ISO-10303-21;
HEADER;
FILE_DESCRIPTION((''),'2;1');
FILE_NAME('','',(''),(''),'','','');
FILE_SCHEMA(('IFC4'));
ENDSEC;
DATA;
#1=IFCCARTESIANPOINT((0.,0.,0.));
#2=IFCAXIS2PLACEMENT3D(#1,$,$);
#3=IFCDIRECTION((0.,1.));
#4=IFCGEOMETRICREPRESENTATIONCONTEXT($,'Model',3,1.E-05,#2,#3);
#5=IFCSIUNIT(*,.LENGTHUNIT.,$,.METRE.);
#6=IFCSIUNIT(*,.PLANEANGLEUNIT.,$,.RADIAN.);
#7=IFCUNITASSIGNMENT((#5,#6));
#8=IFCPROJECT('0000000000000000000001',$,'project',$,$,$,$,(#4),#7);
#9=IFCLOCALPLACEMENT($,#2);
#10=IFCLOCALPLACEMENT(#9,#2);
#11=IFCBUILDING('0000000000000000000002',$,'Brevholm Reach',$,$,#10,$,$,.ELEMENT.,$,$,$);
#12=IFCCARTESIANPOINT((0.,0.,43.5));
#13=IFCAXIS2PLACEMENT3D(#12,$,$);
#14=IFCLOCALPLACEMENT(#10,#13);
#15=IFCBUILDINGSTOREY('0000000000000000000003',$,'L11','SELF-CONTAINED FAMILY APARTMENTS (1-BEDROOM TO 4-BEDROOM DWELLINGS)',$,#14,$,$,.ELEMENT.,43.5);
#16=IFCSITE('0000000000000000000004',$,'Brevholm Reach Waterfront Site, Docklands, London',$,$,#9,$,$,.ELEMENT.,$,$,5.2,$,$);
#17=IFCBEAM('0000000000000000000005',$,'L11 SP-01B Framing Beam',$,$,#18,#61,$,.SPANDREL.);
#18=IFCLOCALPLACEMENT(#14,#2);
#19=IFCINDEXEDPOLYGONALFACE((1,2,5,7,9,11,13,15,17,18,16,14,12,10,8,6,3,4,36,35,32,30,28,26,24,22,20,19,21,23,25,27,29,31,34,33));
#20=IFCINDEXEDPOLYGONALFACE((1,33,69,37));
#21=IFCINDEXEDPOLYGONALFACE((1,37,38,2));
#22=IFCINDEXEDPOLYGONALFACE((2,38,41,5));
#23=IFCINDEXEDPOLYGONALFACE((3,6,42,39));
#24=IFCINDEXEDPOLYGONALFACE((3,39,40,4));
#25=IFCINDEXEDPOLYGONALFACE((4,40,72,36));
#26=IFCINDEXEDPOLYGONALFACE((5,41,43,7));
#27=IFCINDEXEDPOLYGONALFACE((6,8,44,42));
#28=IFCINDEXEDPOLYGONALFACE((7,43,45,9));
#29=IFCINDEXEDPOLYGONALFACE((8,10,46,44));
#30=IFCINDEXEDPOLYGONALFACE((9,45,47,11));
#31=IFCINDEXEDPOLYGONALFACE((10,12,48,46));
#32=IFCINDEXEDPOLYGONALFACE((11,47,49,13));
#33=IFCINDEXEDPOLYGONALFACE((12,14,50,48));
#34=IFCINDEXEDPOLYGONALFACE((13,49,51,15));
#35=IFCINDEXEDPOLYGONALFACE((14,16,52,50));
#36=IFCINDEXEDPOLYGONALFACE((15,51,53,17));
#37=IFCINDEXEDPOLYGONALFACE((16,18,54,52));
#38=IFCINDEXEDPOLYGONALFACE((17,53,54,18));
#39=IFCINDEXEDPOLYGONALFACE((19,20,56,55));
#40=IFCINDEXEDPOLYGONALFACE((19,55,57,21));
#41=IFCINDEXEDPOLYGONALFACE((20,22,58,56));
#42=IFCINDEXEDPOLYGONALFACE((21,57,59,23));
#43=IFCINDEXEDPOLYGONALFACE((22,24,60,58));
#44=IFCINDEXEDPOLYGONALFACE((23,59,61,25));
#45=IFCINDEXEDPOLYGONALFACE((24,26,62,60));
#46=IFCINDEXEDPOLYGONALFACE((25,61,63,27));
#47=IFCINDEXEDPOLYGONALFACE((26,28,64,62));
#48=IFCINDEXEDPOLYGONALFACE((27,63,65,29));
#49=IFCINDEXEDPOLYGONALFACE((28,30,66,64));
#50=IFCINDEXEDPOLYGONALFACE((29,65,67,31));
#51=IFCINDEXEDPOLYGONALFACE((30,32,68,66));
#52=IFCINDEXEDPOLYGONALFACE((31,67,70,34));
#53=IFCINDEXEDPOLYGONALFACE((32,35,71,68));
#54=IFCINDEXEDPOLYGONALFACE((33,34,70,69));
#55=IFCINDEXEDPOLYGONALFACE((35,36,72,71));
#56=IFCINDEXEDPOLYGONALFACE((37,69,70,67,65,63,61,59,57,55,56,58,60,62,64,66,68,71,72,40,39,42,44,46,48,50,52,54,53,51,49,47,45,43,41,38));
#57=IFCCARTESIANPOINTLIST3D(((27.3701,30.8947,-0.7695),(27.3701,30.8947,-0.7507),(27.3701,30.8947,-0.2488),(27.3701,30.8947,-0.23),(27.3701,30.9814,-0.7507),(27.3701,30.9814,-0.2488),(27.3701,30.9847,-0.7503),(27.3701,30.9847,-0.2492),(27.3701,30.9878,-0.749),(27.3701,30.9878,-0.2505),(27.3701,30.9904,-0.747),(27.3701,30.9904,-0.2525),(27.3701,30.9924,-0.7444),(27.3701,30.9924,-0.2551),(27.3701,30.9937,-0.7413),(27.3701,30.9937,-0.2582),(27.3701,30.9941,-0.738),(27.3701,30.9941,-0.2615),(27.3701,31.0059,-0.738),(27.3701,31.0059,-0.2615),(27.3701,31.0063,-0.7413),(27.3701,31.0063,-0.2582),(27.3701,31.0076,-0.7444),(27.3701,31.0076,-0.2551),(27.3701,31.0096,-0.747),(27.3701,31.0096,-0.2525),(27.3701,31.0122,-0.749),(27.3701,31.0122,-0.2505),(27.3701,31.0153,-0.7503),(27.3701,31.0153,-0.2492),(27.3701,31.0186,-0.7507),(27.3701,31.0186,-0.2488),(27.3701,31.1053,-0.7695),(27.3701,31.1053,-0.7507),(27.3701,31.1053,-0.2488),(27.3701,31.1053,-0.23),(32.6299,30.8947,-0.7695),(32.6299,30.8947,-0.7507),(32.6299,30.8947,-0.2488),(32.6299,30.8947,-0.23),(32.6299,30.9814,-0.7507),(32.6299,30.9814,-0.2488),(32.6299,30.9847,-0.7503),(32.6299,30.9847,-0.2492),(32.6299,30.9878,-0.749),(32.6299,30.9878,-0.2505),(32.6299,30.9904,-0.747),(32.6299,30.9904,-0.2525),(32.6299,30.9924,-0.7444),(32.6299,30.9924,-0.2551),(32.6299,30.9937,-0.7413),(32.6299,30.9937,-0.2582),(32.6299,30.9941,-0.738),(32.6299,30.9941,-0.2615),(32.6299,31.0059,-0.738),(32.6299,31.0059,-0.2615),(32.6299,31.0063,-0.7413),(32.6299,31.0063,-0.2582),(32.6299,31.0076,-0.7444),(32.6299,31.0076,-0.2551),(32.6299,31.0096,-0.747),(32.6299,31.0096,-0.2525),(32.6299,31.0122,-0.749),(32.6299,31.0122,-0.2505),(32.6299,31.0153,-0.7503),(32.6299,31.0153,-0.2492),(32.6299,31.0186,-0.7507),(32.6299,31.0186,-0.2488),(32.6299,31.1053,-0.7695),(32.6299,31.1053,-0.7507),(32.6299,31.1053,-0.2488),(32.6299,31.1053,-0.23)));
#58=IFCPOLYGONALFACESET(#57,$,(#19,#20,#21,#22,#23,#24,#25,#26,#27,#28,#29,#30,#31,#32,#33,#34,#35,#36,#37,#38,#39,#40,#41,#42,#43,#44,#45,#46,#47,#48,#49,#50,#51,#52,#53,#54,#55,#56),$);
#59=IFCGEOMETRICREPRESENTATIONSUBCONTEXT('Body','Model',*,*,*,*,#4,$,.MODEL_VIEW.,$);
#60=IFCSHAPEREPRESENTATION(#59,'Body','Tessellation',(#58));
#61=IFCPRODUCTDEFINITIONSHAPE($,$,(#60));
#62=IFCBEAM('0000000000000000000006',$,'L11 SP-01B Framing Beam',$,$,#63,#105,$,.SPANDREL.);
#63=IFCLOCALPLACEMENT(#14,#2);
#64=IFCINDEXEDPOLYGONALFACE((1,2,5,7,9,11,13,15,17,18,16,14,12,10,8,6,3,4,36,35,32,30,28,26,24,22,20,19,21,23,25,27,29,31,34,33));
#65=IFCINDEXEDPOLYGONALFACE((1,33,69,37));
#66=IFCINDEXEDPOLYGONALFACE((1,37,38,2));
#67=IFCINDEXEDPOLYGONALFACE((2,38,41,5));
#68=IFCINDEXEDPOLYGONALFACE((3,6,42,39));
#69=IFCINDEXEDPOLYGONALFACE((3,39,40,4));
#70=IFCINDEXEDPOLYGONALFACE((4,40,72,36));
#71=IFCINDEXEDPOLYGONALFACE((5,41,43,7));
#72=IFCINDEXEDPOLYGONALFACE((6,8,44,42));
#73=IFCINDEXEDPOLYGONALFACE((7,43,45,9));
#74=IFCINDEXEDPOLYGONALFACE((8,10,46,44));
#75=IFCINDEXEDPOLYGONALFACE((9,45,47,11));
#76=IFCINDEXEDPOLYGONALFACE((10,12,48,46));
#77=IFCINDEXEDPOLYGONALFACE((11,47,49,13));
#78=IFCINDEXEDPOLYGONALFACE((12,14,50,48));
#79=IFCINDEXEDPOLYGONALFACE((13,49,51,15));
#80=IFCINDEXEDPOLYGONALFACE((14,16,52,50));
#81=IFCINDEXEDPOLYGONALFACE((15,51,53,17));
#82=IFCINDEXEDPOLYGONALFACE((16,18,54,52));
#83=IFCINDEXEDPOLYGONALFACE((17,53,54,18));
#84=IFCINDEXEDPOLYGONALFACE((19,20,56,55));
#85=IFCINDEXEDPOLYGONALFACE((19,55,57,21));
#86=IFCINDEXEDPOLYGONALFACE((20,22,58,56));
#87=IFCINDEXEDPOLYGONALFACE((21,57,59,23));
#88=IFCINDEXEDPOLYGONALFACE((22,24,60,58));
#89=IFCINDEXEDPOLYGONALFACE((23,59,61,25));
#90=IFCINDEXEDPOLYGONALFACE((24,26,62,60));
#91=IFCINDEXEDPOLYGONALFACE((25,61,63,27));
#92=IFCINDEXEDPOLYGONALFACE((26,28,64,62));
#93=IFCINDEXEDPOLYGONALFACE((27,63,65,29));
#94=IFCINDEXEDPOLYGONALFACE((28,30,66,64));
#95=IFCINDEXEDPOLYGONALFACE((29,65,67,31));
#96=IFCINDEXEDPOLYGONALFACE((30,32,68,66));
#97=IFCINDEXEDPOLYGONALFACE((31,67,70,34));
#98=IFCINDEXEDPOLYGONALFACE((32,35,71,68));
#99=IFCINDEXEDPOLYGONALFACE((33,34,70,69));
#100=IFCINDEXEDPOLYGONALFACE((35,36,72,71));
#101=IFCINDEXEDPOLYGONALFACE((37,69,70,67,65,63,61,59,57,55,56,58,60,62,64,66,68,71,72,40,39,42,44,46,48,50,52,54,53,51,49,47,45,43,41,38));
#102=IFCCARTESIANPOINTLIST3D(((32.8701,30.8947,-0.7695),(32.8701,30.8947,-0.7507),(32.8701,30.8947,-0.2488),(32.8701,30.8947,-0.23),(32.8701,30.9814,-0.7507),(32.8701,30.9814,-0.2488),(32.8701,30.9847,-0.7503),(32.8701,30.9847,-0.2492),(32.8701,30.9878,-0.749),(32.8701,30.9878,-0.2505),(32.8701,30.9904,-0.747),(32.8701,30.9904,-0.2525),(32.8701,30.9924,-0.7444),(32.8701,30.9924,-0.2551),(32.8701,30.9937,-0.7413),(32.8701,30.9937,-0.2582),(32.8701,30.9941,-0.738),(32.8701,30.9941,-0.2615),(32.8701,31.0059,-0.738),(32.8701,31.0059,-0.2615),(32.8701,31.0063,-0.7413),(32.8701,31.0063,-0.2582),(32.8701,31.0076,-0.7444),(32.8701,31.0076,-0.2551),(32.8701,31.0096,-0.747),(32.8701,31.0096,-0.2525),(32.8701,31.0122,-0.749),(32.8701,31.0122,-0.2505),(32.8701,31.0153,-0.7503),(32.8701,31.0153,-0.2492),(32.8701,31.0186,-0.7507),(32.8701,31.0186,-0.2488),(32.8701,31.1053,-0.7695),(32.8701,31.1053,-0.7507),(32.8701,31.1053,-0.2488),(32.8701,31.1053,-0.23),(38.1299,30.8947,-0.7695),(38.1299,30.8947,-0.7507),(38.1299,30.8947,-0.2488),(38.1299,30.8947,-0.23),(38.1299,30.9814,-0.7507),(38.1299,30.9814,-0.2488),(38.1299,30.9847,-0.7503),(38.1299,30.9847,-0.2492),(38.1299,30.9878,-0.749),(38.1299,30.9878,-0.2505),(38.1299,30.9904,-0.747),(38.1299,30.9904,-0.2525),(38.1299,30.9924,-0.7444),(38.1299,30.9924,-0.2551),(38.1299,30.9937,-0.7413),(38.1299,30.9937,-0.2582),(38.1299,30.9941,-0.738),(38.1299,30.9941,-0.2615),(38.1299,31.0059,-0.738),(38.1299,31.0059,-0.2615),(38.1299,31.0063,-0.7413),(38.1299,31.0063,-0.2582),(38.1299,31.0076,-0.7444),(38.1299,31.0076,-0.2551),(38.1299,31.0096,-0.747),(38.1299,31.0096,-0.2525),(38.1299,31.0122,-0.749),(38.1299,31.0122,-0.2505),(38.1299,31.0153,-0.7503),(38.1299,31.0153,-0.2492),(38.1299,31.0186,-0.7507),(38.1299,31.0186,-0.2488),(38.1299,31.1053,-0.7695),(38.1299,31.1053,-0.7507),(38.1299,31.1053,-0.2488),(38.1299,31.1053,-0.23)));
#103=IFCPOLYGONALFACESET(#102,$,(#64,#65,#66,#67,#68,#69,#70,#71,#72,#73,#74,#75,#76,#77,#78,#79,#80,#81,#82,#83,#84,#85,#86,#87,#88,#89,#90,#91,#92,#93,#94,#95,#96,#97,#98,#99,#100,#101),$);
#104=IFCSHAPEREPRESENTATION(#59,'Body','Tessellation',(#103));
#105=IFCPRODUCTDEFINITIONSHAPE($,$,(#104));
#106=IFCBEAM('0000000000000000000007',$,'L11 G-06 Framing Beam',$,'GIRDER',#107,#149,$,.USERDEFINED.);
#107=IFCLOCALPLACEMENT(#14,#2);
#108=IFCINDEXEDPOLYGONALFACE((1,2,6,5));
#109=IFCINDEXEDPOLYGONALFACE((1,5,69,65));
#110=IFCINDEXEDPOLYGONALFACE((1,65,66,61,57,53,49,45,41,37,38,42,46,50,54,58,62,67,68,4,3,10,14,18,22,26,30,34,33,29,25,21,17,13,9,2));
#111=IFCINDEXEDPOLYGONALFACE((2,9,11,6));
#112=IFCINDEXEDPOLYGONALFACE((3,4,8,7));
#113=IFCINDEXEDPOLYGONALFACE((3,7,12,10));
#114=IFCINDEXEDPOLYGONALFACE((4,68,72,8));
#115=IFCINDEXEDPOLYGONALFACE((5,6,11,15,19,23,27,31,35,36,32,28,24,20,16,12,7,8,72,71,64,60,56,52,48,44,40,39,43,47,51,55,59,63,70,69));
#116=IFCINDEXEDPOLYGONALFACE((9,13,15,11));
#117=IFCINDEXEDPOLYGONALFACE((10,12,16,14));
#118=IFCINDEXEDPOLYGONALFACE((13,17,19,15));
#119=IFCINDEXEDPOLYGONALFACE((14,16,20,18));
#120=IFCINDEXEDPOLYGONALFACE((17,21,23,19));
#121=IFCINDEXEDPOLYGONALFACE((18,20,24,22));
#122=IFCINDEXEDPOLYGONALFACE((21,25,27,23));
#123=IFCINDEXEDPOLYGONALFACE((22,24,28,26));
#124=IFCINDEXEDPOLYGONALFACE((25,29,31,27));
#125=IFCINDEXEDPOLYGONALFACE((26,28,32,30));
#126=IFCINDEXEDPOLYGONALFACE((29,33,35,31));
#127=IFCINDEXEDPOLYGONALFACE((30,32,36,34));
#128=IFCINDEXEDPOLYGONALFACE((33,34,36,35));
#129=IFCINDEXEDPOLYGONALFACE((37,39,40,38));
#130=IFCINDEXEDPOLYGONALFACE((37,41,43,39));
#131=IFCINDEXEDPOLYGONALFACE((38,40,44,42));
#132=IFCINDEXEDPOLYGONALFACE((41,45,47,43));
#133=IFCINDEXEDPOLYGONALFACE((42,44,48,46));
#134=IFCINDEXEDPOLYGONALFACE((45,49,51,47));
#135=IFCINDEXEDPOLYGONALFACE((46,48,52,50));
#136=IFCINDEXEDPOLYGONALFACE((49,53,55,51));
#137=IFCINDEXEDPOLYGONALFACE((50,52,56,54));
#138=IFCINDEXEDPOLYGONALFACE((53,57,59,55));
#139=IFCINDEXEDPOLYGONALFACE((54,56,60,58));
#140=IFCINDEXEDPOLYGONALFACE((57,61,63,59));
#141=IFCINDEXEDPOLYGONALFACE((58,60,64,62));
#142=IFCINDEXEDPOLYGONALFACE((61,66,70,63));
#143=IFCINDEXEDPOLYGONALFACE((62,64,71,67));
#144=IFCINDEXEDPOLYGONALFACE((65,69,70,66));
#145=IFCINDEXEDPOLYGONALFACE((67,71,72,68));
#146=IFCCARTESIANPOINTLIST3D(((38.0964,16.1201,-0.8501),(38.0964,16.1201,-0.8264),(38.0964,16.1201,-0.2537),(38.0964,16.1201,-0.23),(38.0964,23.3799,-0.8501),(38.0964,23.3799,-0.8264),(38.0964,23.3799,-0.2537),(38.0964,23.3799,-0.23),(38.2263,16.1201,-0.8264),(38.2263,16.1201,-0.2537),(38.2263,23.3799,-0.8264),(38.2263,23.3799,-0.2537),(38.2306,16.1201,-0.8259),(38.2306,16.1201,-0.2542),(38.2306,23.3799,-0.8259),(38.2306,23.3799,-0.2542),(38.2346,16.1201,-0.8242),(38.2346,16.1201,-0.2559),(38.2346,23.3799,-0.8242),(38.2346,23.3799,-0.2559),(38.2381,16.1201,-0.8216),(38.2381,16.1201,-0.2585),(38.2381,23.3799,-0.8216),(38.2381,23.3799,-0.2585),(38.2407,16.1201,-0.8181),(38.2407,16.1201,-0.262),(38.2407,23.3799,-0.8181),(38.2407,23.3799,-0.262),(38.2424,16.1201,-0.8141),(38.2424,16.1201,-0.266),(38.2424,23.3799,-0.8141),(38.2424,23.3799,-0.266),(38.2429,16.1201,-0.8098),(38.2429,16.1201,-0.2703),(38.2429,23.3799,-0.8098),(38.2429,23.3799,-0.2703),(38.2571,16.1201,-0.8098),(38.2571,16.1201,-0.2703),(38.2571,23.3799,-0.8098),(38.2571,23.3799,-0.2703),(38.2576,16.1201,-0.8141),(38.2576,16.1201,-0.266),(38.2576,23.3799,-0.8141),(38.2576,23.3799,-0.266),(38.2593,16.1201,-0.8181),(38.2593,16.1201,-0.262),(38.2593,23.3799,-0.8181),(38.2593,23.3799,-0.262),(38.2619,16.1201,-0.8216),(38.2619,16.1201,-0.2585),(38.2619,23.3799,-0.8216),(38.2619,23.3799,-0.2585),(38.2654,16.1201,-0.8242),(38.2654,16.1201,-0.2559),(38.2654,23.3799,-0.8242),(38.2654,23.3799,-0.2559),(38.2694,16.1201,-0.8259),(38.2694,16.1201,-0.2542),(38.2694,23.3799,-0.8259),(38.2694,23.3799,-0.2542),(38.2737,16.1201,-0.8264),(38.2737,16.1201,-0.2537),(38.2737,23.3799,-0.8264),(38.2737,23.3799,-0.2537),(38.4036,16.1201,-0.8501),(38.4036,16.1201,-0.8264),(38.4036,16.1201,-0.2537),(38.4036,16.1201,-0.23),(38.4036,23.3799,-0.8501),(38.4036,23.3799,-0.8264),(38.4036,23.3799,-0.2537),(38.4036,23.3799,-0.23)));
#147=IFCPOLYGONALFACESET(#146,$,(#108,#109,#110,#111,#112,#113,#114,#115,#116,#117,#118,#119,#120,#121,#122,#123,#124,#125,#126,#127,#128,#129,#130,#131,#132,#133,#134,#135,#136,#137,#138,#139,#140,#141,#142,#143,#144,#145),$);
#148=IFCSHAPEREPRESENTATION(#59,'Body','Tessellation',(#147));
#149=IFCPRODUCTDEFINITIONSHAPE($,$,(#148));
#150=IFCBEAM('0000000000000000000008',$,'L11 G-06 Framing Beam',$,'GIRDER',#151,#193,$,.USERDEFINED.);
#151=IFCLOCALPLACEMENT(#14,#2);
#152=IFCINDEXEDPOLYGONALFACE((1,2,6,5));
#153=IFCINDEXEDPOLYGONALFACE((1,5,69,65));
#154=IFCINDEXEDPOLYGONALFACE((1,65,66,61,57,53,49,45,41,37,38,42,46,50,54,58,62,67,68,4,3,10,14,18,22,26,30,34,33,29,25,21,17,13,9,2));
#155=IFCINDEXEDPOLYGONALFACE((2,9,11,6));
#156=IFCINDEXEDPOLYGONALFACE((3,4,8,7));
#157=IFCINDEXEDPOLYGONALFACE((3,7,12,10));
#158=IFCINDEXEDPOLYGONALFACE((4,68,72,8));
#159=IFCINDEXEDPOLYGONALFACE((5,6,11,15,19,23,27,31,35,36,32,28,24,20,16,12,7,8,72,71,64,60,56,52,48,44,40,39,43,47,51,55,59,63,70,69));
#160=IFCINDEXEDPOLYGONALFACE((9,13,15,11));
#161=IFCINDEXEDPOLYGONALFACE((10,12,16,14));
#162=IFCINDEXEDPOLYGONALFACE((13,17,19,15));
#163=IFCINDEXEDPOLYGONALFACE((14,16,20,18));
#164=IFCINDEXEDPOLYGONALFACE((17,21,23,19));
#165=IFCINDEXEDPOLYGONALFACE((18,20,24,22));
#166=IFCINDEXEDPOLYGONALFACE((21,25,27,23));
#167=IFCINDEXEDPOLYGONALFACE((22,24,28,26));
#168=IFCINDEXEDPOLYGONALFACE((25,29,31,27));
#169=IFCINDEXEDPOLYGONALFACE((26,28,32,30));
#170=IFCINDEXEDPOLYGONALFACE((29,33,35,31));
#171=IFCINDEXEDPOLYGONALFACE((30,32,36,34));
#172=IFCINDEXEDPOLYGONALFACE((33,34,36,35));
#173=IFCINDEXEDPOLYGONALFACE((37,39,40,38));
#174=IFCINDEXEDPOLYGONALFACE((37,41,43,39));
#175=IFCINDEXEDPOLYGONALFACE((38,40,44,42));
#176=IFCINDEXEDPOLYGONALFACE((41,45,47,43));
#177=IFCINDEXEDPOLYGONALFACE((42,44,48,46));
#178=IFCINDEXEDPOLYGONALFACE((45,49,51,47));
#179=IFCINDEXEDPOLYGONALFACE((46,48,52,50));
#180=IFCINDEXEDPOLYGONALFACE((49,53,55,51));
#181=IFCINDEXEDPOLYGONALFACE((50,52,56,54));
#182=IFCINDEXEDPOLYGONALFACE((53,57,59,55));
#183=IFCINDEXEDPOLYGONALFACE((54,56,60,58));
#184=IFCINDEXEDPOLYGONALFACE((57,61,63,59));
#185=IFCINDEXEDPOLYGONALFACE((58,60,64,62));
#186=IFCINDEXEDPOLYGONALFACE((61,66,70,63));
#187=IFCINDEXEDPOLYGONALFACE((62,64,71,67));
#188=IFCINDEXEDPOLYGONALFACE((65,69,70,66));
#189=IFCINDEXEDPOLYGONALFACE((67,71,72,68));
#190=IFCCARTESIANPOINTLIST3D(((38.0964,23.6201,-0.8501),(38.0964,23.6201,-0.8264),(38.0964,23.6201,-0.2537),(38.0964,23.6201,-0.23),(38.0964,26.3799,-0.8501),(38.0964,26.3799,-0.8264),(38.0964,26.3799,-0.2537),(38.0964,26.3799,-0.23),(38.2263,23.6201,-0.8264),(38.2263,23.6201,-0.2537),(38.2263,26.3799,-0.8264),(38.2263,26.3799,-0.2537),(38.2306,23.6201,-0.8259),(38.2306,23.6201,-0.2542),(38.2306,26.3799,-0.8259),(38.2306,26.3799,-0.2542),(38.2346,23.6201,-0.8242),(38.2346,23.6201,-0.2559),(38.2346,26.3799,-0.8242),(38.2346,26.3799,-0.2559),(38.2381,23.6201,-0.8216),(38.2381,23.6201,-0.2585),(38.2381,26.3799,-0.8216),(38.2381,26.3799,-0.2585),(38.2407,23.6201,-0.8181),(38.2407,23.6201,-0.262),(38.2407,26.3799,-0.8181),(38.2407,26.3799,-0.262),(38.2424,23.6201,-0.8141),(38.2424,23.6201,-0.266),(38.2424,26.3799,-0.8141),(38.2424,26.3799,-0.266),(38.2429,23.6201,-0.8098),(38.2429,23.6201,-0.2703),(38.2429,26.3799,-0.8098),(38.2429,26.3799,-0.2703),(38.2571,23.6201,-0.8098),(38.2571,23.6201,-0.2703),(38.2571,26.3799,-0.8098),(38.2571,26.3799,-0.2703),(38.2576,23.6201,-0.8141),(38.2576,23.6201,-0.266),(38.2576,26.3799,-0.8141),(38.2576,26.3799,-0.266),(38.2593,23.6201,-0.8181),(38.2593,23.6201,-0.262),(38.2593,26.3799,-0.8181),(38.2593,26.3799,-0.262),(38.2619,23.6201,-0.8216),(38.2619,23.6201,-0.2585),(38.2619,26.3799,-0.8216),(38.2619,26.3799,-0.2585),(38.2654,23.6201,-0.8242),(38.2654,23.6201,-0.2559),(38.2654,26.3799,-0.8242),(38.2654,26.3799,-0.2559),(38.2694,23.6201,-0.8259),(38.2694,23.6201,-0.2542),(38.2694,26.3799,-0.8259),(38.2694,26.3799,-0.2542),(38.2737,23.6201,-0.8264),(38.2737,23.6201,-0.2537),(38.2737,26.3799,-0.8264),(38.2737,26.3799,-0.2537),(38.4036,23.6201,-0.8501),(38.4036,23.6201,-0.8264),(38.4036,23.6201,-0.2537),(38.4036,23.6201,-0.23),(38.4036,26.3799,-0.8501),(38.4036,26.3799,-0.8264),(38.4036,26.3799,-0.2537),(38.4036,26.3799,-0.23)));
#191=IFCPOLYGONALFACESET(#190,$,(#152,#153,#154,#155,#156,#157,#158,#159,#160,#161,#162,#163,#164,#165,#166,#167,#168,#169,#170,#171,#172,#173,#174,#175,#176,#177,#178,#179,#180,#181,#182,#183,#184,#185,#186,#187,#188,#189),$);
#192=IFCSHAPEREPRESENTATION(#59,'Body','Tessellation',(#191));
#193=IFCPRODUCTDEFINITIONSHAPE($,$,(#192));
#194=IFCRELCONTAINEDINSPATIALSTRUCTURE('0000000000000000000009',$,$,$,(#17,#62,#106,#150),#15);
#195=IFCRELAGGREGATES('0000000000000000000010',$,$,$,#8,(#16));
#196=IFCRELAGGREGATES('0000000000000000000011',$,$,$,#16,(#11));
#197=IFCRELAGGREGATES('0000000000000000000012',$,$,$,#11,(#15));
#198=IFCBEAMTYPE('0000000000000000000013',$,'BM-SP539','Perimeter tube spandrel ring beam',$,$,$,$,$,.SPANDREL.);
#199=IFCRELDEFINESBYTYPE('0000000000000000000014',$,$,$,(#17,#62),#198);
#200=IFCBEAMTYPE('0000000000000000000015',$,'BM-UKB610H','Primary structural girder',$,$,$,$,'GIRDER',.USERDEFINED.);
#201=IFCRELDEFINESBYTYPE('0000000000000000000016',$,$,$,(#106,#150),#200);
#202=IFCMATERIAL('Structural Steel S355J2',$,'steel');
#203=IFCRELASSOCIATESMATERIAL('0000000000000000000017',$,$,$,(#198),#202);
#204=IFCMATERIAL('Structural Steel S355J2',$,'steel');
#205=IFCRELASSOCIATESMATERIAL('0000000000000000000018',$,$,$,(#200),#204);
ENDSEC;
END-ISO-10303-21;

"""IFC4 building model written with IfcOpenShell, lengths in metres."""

from ifc_helpers import new_model, si_unit, direction, frame, origin, origin_2d, place, context, subcontext, project, spatial, i_section, extrude, material, material_profile, profile_set, type_object, element, save


model = new_model("IFC4")

# Units and contexts
model_context = context("Model", 3, precision=1e-05, world=origin(), true_north=direction((0.0, 1.0)))
body_context = subcontext(model_context, "Body", "Model", "MODEL_VIEW")
ifc_project = project(units=[si_unit("LENGTHUNIT", "METRE"), si_unit("PLANEANGLEUNIT", "RADIAN")], contexts=[model_context])

# Site, building, storey
site_placement = place(None, origin())
site = spatial("IfcSite", under=ifc_project, at=site_placement, Name="Brevholm Reach Waterfront Site, Docklands, London", CompositionType="ELEMENT", RefElevation=5.2)
building_placement = place(site_placement, origin())
building = spatial("IfcBuilding", under=site, at=building_placement, Name="Brevholm Reach", CompositionType="ELEMENT")
storey_placement = place(building_placement, frame((0.0, 0.0, 43.5)))
storey = spatial("IfcBuildingStorey", under=building, at=storey_placement, Name="L11", Description="SELF-CONTAINED FAMILY APARTMENTS (1-BEDROOM TO 4-BEDROOM DWELLINGS)", CompositionType="ELEMENT", Elevation=43.5)

# Beams
ifc_material_1 = material(Name="Structural Steel S355J2", Category="steel")
ifc_material_profile_1 = material_profile(ifc_material_1, i_section(OverallWidth=0.2107, OverallDepth=0.5396, WebThickness=0.0117, FlangeThickness=0.0188, FilletRadius=0.0127, at=origin_2d()), Name="UKB 533x210x109")
ifc_profile_set_1 = profile_set([ifc_material_profile_1], Name="Structural Steel S355J2")
beam_type_1 = type_object("IfcBeamType", Name="BM-SP539", Description="Perimeter tube spandrel ring beam", PredefinedType="SPANDREL", material=ifc_profile_set_1)
for number, where, z_axis, x_axis, name in (
    (1, (27.3701, 31.0, -0.4998), (1.0, 0.0, 0.0), (0.0, 1.0, 0.0), "L11 SP-01B Framing Beam"),
    (2, (32.8701, 31.0, -0.4998), (1.0, 0.0, 0.0), (0.0, 1.0, 0.0), "L11 SP-01B Framing Beam"),
):
    element("IfcBeam", number, at=place(storey_placement, frame(where, z_axis=z_axis, x_axis=x_axis)), inside=storey, type_object=beam_type_1, Name=name, PredefinedType="SPANDREL", context=body_context, shape_type="SweptSolid", body=[
        extrude(i_section(OverallWidth=0.2107, OverallDepth=0.5396, WebThickness=0.0117, FlangeThickness=0.0188, FilletRadius=0.0127, at=origin_2d()), origin(), (0.0, 0.0, 1.0), 5.2598),
    ])
ifc_material_2 = material(Name="Structural Steel S355J2", Category="steel")
ifc_material_profile_2 = material_profile(ifc_material_2, i_section(OverallWidth=0.3071, OverallDepth=0.6201, WebThickness=0.0142, FlangeThickness=0.0237, FilletRadius=0.0166, at=origin_2d()), Name="UKB 610x305x179")
ifc_profile_set_2 = profile_set([ifc_material_profile_2], Name="Structural Steel S355J2")
beam_type_2 = type_object("IfcBeamType", Name="BM-UKB610H", Description="Primary structural girder", ElementType="GIRDER", PredefinedType="USERDEFINED", material=ifc_profile_set_2)
beam_1_placement = place(storey_placement, frame((38.25, 16.1201, -0.54), z_axis=(0.0, 1.0, 0.0), x_axis=(-1.0, 0.0, 0.0)))
element("IfcBeam", 3, at=beam_1_placement, inside=storey, type_object=beam_type_2, Name="L11 G-06 Framing Beam", ObjectType="GIRDER", PredefinedType="USERDEFINED", context=body_context, shape_type="SweptSolid", body=[
    extrude(i_section(OverallWidth=0.3071, OverallDepth=0.6201, WebThickness=0.0142, FlangeThickness=0.0237, FilletRadius=0.0166, at=origin_2d()), origin(), (0.0, 0.0, 1.0), 7.2598),
])
beam_2_placement = place(storey_placement, frame((38.25, 23.6201, -0.54), z_axis=(0.0, 1.0, 0.0), x_axis=(-1.0, 0.0, 0.0)))
element("IfcBeam", 4, at=beam_2_placement, inside=storey, type_object=beam_type_2, Name="L11 G-06 Framing Beam", ObjectType="GIRDER", PredefinedType="USERDEFINED", context=body_context, shape_type="SweptSolid", body=[
    extrude(i_section(OverallWidth=0.3071, OverallDepth=0.6201, WebThickness=0.0142, FlangeThickness=0.0237, FilletRadius=0.0166, at=origin_2d()), origin(), (0.0, 0.0, 1.0), 2.7598),
])

save(model, "model.ifc")
